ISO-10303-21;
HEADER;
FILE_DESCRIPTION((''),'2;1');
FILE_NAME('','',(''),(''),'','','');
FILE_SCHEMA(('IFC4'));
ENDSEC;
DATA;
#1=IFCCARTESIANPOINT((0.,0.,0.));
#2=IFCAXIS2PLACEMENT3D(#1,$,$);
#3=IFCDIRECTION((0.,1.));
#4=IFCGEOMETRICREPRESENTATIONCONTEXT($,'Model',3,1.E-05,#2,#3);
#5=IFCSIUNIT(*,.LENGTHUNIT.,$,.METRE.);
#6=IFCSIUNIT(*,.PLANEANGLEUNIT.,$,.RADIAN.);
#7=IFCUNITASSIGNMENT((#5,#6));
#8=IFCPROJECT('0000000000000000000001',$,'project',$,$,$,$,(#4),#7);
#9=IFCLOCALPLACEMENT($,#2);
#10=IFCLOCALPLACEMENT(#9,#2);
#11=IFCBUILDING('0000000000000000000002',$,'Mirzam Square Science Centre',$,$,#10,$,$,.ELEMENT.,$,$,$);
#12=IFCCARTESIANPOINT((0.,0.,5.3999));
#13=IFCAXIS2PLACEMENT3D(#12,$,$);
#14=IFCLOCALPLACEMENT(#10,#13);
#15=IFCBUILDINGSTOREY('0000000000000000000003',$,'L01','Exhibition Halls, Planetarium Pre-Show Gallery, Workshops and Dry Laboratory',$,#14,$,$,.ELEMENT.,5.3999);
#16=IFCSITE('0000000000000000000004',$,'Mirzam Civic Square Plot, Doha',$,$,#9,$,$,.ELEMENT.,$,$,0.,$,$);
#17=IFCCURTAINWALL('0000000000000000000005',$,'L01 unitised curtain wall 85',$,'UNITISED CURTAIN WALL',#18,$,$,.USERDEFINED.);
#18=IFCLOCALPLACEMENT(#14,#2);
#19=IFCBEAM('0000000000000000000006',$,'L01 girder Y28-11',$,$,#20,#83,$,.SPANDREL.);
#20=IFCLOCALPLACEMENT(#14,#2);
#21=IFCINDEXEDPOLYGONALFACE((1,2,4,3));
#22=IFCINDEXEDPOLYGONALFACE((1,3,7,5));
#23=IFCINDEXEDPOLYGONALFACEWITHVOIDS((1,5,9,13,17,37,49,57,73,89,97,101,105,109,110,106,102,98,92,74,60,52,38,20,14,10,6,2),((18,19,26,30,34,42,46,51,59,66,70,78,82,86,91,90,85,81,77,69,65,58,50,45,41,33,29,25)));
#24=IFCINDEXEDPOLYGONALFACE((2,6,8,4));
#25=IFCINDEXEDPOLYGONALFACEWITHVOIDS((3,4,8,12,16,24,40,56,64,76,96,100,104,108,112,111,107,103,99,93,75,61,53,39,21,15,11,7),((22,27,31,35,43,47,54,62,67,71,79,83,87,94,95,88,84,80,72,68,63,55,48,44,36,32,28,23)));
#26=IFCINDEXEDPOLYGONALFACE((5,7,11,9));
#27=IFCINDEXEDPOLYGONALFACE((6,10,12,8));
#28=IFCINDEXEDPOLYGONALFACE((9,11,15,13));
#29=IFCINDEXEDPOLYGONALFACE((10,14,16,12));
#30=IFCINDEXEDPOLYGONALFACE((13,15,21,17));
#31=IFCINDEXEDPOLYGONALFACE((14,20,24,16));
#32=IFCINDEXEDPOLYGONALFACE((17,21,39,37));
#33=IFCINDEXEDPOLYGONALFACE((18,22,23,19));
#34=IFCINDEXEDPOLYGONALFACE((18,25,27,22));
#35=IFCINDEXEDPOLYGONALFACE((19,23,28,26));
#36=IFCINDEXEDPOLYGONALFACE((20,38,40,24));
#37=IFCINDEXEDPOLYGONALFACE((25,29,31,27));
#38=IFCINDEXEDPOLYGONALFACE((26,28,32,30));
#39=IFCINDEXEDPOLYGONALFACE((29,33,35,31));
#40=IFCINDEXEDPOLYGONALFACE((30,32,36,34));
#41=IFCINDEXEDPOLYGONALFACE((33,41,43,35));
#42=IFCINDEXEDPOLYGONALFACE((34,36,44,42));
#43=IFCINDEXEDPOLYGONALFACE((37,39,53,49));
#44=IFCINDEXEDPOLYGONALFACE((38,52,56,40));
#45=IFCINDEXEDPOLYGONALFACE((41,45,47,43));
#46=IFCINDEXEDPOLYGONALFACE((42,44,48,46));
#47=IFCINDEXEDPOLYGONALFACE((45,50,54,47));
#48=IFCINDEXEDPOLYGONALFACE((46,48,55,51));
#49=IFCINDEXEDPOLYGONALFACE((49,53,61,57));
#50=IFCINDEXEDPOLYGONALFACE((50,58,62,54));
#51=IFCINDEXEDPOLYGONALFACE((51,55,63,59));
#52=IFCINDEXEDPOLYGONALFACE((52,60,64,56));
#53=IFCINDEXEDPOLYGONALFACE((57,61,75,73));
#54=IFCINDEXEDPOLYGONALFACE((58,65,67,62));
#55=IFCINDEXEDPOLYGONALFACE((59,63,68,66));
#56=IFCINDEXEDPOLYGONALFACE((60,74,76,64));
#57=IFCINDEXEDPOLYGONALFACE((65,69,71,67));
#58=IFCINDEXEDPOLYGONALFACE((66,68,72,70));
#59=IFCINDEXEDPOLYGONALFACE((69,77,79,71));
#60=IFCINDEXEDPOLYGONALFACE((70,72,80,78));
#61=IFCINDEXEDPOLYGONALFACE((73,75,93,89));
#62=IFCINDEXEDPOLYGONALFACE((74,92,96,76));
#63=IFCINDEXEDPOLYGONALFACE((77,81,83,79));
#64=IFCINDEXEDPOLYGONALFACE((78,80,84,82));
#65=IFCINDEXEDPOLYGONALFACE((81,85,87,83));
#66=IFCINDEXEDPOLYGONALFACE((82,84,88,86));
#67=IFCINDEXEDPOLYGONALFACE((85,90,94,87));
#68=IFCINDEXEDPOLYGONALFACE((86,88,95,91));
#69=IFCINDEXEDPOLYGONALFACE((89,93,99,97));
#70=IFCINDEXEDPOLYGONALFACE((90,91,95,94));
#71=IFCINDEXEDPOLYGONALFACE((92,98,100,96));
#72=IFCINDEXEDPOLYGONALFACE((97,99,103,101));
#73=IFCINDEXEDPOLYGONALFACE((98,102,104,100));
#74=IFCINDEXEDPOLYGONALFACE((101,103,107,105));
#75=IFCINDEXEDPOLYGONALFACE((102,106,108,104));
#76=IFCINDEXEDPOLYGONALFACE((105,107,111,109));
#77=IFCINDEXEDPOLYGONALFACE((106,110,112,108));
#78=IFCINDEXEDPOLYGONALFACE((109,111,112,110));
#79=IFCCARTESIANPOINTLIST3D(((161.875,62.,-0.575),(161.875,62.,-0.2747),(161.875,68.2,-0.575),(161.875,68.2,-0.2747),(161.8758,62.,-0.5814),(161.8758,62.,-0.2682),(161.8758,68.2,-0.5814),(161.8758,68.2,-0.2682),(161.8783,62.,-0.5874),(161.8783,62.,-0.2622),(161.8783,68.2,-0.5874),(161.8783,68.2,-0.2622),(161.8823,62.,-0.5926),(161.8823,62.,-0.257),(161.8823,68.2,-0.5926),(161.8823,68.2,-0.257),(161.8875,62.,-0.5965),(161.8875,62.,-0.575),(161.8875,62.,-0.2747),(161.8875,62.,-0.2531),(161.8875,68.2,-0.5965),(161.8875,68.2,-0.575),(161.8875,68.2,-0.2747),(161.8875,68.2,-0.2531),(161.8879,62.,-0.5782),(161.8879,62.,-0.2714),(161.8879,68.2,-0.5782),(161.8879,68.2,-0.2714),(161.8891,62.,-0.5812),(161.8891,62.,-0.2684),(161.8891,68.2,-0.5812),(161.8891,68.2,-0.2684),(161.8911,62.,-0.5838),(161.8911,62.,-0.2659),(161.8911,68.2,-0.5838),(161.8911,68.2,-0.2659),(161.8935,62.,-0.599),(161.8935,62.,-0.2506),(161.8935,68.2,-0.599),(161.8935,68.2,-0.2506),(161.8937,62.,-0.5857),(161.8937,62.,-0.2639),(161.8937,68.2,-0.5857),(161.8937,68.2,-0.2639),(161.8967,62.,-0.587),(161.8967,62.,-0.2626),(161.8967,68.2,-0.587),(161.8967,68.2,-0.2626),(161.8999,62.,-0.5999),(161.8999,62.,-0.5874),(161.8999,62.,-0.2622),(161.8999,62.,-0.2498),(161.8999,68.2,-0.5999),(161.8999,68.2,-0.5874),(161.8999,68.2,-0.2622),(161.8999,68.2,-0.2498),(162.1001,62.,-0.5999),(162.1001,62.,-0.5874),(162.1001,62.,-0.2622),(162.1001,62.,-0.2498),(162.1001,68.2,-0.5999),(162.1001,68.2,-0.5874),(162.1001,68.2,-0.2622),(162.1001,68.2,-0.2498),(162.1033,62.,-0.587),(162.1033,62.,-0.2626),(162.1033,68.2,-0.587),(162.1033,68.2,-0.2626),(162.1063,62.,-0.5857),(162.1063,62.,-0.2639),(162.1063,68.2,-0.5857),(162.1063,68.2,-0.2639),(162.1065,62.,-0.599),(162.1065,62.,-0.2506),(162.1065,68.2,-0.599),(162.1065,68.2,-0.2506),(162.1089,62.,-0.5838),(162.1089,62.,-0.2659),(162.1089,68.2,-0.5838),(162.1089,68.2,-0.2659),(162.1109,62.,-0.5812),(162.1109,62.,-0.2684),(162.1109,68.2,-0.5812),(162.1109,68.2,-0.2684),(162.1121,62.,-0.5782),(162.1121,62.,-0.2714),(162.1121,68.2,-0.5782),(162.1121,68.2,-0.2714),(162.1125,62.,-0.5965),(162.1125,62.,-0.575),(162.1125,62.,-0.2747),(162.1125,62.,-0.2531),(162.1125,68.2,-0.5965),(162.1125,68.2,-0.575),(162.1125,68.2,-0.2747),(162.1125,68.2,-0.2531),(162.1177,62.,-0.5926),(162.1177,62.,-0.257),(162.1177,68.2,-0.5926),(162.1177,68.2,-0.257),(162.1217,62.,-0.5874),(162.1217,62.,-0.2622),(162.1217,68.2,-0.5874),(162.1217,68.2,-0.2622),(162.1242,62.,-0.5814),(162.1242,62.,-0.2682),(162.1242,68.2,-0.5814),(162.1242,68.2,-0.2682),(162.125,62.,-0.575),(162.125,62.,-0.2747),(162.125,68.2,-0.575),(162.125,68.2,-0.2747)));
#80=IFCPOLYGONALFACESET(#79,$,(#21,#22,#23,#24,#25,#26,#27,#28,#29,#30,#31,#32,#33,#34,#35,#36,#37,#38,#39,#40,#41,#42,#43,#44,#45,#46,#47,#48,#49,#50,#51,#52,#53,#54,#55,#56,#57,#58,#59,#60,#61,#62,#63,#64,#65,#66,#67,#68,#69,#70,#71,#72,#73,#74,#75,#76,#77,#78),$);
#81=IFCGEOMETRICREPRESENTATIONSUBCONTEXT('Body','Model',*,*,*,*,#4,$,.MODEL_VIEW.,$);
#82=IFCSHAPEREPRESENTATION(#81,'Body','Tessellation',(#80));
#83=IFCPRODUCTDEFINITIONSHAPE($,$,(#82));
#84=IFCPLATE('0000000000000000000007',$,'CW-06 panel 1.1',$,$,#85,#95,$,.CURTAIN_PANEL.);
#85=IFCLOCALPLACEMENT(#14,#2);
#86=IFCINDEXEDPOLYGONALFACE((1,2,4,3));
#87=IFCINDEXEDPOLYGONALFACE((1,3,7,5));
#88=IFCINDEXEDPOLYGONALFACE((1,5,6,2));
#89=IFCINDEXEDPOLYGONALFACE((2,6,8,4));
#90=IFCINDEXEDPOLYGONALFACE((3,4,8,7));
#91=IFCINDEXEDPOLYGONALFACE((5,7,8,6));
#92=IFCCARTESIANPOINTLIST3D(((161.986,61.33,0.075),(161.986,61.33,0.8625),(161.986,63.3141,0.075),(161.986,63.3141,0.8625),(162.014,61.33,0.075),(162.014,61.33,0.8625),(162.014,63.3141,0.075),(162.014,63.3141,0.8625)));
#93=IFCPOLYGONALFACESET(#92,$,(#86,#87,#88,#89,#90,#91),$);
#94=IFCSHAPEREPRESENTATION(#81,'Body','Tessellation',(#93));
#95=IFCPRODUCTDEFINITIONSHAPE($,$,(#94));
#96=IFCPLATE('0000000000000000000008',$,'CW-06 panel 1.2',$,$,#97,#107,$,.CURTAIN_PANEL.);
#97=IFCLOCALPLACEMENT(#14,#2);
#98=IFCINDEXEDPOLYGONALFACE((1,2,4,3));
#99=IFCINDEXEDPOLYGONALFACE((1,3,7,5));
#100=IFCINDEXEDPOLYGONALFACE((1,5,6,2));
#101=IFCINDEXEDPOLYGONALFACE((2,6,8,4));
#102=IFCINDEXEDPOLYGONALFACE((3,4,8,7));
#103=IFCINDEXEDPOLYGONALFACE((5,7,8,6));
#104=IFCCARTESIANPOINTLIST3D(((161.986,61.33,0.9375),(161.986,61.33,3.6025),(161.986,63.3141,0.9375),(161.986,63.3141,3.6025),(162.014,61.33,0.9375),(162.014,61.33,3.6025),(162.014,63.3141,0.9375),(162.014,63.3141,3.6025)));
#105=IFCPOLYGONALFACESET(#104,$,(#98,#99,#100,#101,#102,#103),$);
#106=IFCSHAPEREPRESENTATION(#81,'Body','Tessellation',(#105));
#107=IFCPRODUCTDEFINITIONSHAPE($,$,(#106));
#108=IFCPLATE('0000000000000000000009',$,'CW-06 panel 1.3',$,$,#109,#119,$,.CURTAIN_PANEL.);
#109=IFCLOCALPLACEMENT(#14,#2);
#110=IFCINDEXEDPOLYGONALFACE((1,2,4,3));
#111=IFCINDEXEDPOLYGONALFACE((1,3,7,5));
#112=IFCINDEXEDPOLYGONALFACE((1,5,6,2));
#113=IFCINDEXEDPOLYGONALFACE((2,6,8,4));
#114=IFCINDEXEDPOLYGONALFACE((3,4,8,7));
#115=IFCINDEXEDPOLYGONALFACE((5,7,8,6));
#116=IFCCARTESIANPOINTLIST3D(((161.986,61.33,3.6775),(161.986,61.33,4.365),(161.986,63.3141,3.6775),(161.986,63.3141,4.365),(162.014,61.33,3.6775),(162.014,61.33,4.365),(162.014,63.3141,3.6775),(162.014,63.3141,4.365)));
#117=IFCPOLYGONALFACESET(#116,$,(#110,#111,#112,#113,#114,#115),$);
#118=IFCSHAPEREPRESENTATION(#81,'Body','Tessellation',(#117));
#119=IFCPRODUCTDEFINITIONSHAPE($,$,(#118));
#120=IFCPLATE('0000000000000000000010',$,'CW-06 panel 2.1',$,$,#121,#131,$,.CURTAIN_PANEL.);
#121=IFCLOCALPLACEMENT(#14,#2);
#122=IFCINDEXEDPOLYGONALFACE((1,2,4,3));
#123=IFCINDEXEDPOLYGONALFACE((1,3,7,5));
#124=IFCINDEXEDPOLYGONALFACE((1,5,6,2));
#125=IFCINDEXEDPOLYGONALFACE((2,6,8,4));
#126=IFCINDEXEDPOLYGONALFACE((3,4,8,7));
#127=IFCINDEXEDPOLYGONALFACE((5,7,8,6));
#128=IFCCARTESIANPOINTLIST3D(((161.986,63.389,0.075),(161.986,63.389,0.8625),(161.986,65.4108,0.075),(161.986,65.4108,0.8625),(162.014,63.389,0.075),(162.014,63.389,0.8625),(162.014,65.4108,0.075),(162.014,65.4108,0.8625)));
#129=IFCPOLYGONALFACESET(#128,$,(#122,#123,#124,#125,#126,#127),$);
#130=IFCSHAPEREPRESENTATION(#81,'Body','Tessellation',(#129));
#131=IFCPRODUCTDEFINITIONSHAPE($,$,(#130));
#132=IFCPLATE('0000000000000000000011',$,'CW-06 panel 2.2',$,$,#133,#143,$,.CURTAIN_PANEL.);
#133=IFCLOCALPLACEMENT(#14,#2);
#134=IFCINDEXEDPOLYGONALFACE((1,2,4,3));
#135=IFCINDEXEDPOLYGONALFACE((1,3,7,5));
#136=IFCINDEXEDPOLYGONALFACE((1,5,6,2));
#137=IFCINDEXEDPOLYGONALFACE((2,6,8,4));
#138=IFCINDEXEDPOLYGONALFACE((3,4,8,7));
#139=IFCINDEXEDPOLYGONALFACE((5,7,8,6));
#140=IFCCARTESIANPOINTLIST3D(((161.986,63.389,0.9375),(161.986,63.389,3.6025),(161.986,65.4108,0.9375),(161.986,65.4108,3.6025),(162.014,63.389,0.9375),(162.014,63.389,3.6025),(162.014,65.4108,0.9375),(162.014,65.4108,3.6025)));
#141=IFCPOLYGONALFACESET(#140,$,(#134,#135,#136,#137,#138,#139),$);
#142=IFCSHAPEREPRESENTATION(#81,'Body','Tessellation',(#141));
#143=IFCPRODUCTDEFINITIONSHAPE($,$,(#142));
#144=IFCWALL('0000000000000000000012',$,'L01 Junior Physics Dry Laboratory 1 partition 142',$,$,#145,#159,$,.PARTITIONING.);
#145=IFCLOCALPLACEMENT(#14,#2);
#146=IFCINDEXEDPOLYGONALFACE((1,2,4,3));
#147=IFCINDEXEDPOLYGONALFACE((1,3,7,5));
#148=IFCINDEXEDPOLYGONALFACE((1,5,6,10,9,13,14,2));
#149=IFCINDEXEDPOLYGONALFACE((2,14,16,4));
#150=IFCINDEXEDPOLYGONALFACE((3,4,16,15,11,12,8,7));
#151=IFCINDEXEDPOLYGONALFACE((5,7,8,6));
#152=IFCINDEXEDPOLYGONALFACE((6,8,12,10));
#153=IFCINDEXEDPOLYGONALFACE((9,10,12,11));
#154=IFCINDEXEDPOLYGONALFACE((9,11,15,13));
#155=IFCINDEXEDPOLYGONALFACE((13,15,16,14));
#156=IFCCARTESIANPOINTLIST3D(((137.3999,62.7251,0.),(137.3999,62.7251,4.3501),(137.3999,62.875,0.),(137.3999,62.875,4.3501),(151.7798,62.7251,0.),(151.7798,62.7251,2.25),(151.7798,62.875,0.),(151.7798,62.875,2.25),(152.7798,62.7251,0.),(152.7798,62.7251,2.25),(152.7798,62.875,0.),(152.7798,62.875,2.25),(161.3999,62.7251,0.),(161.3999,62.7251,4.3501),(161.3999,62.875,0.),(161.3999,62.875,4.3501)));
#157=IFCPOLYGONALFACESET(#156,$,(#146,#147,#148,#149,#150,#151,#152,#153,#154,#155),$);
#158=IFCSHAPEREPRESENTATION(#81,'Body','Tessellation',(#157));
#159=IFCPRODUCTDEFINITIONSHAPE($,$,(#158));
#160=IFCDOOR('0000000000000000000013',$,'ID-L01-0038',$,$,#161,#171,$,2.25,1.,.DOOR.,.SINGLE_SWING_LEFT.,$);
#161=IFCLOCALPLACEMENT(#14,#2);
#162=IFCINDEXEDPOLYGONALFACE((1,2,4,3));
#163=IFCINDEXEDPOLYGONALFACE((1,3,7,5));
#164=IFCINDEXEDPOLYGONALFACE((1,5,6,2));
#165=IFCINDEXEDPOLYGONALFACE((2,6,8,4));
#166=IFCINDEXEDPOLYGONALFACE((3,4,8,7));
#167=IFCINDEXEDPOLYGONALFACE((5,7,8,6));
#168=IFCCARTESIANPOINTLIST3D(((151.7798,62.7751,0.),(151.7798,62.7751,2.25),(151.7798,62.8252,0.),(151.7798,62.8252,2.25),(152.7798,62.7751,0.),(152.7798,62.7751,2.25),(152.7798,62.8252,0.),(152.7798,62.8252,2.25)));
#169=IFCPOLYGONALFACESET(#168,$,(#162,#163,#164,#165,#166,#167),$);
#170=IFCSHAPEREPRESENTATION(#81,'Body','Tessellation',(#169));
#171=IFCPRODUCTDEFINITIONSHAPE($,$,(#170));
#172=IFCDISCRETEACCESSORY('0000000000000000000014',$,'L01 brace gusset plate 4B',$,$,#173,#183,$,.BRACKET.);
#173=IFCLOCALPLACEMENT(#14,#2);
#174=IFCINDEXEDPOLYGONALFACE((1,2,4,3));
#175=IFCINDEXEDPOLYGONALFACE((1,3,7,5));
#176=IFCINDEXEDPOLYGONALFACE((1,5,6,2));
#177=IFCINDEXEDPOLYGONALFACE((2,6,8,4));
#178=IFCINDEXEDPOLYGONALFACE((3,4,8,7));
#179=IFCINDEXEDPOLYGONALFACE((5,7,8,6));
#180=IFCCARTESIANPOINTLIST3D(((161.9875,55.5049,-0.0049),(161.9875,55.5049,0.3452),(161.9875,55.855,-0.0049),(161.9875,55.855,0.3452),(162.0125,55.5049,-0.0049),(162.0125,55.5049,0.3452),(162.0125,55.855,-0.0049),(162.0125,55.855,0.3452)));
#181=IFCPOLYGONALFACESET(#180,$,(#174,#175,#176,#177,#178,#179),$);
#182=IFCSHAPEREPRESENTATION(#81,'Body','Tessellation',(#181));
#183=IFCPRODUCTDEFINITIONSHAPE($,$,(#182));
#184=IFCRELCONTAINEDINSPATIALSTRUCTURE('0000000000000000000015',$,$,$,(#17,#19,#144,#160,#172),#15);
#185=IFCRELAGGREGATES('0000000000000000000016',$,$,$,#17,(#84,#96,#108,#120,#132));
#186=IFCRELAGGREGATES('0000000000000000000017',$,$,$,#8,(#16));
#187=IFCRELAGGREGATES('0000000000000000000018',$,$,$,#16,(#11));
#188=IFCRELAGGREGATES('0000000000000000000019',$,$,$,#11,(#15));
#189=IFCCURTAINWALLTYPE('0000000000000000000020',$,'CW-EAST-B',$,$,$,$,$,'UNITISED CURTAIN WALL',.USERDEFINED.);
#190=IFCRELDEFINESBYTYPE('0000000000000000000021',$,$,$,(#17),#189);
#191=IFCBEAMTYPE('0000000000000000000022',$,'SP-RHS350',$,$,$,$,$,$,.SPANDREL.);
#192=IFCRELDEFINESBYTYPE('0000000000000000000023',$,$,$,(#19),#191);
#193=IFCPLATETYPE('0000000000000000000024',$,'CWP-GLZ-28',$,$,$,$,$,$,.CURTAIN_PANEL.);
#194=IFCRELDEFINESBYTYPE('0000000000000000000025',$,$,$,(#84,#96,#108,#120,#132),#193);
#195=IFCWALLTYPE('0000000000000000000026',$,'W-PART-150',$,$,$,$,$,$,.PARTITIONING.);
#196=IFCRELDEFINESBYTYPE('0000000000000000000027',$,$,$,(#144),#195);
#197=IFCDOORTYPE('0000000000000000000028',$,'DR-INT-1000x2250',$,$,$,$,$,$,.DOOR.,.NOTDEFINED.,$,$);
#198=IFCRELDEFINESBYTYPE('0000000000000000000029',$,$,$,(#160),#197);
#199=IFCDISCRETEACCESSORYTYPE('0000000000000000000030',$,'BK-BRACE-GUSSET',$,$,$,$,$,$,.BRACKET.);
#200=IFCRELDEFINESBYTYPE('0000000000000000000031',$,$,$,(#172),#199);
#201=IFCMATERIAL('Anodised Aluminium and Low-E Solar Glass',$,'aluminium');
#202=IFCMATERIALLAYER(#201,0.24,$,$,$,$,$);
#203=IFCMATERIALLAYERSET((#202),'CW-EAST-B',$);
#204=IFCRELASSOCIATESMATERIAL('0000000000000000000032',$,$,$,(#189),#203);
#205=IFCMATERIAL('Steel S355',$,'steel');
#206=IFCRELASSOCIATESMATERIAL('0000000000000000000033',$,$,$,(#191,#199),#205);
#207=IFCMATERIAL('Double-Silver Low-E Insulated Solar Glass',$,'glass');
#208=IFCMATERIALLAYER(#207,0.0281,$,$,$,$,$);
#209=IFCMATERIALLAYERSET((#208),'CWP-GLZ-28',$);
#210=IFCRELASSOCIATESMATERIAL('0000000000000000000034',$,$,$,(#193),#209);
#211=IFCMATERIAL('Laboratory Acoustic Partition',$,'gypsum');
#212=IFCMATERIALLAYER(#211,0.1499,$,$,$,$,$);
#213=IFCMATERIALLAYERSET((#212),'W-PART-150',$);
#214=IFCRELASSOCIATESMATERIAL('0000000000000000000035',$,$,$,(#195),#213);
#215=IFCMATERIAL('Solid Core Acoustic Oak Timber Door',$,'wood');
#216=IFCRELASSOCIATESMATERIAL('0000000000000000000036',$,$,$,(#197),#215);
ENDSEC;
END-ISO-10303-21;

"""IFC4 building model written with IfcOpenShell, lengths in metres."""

from ifc_helpers import new_model, si_unit, direction, frame, frame_2d, origin, origin_2d, place, context, subcontext, project, spatial, rectangle, hollow_rectangle, extrude, material, layer, layer_set, material_profile, profile_set, type_object, element, fill, aggregate, save


model = new_model("IFC4")

# Units and contexts
model_context = context("Model", 3, precision=1e-05, world=origin(), true_north=direction((0.0, 1.0)))
body_context = subcontext(model_context, "Body", "Model", "MODEL_VIEW")
ifc_project = project(units=[si_unit("LENGTHUNIT", "METRE"), si_unit("PLANEANGLEUNIT", "RADIAN")], contexts=[model_context])

# Site, building, storey
site_placement = place(None, origin())
site = spatial("IfcSite", under=ifc_project, at=site_placement, Name="Mirzam Civic Square Plot, Doha", CompositionType="ELEMENT", RefElevation=0.0)
building_placement = place(site_placement, origin())
building = spatial("IfcBuilding", under=site, at=building_placement, Name="Mirzam Square Science Centre", CompositionType="ELEMENT")
storey_placement = place(building_placement, frame((0.0, 0.0, 5.3999)))
storey = spatial("IfcBuildingStorey", under=building, at=storey_placement, Name="L01", Description="Exhibition Halls, Planetarium Pre-Show Gallery, Workshops and Dry Laboratory", CompositionType="ELEMENT", Elevation=5.3999)

# Shared definitions
ifc_material_1 = material(Name="Steel S355", Category="steel")

# Curtain wall
ifc_material_2 = material(Name="Anodised Aluminium and Low-E Solar Glass", Category="aluminium")
ifc_layer_1 = layer(ifc_material_2, 0.24)
ifc_layer_set_1 = layer_set([ifc_layer_1], Name="CW-EAST-B")
curtain_wall_type = type_object("IfcCurtainWallType", Name="CW-EAST-B", ElementType="UNITISED CURTAIN WALL", PredefinedType="USERDEFINED", material=ifc_layer_set_1)
curtain_wall_placement = place(storey_placement, origin())
curtain_wall = element("IfcCurtainWall", 1, at=curtain_wall_placement, inside=storey, type_object=curtain_wall_type, Name="L01 unitised curtain wall 85", ObjectType="UNITISED CURTAIN WALL", PredefinedType="USERDEFINED")

# Beam
ifc_material_profile_1 = material_profile(ifc_material_1, hollow_rectangle(XDim=0.25, YDim=0.3501, WallThickness=0.0125, InnerFilletRadius=0.0125, OuterFilletRadius=0.0249, at=origin_2d()), Name="350x250x12.5RHS")
ifc_profile_set_1 = profile_set([ifc_material_profile_1], Name="Steel S355")
beam_type = type_object("IfcBeamType", Name="SP-RHS350", PredefinedType="SPANDREL", material=ifc_profile_set_1)
for number, where, z_axis, x_axis, name in (
    (2, (162.0, 62.0, -0.4248), (0.0, 1.0, 0.0), (-1.0, 0.0, 0.0), "L01 girder Y28-11"),
):
    element("IfcBeam", number, at=place(storey_placement, frame(where, z_axis=z_axis, x_axis=x_axis)), inside=storey, type_object=beam_type, Name=name, PredefinedType="SPANDREL", context=body_context, shape_type="SweptSolid", body=[
        extrude(hollow_rectangle(XDim=0.25, YDim=0.3501, WallThickness=0.0125, InnerFilletRadius=0.0125, OuterFilletRadius=0.0249, at=origin_2d()), origin(), (0.0, 0.0, 1.0), 6.2),
    ])

# Plates
ifc_material_3 = material(Name="Double-Silver Low-E Insulated Solar Glass", Category="glass")
ifc_layer_2 = layer(ifc_material_3, 0.0281)
ifc_layer_set_2 = layer_set([ifc_layer_2], Name="CWP-GLZ-28")
plate_type = type_object("IfcPlateType", Name="CWP-GLZ-28", PredefinedType="CURTAIN_PANEL", material=ifc_layer_set_2)
plate_1_placement = place(storey_placement, frame((162.0, 62.322, 0.075), z_axis=(0.0, 0.0, 1.0), x_axis=(0.0, 1.0, 0.0)))
plate_1 = element("IfcPlate", 3, at=plate_1_placement, type_object=plate_type, Name="CW-06 panel 1.1", PredefinedType="CURTAIN_PANEL", context=body_context, shape_type="SweptSolid", body=[
    extrude(rectangle(XDim=1.9841, YDim=0.0281, at=origin_2d()), origin(), (0.0, 0.0, 1.0), 0.7876),
])
plate_2_placement = place(storey_placement, frame((162.0, 62.322, 0.9375), z_axis=(0.0, 0.0, 1.0), x_axis=(0.0, 1.0, 0.0)))
plate_2 = element("IfcPlate", 4, at=plate_2_placement, type_object=plate_type, Name="CW-06 panel 1.2", PredefinedType="CURTAIN_PANEL", context=body_context, shape_type="SweptSolid", body=[
    extrude(rectangle(XDim=1.9841, YDim=0.0281, at=origin_2d()), origin(), (0.0, 0.0, 1.0), 2.665),
])
plate_3_placement = place(storey_placement, frame((162.0, 62.322, 3.6775), z_axis=(0.0, 0.0, 1.0), x_axis=(0.0, 1.0, 0.0)))
plate_3 = element("IfcPlate", 5, at=plate_3_placement, type_object=plate_type, Name="CW-06 panel 1.3", PredefinedType="CURTAIN_PANEL", context=body_context, shape_type="SweptSolid", body=[
    extrude(rectangle(XDim=1.9841, YDim=0.0281, at=origin_2d()), origin(), (0.0, 0.0, 1.0), 0.6875),
])
plate_4_placement = place(storey_placement, frame((162.0, 64.3999, 0.075), z_axis=(0.0, 0.0, 1.0), x_axis=(0.0, 1.0, 0.0)))
plate_4 = element("IfcPlate", 6, at=plate_4_placement, type_object=plate_type, Name="CW-06 panel 2.1", PredefinedType="CURTAIN_PANEL", context=body_context, shape_type="SweptSolid", body=[
    extrude(rectangle(XDim=2.0217, YDim=0.0281, at=origin_2d()), origin(), (0.0, 0.0, 1.0), 0.7876),
])
plate_5_placement = place(storey_placement, frame((162.0, 64.3999, 0.9375), z_axis=(0.0, 0.0, 1.0), x_axis=(0.0, 1.0, 0.0)))
plate_5 = element("IfcPlate", 7, at=plate_5_placement, type_object=plate_type, Name="CW-06 panel 2.2", PredefinedType="CURTAIN_PANEL", context=body_context, shape_type="SweptSolid", body=[
    extrude(rectangle(XDim=2.0217, YDim=0.0281, at=origin_2d()), origin(), (0.0, 0.0, 1.0), 2.665),
])
aggregate(curtain_wall, [plate_1, plate_2, plate_3, plate_4, plate_5])

# Wall, opening, door
ifc_material_4 = material(Name="Laboratory Acoustic Partition", Category="gypsum")
ifc_layer_3 = layer(ifc_material_4, 0.1499)
ifc_layer_set_3 = layer_set([ifc_layer_3], Name="W-PART-150")
wall_type = type_object("IfcWallType", Name="W-PART-150", PredefinedType="PARTITIONING", material=ifc_layer_set_3)
wall_placement = place(storey_placement, frame((161.3999, 62.8, 0.0), z_axis=(0.0, 0.0, 1.0), x_axis=(-1.0, 0.0, 0.0)))
wall = element("IfcWall", 8, at=wall_placement, inside=storey, type_object=wall_type, Name="L01 Junior Physics Dry Laboratory 1 partition 142", PredefinedType="PARTITIONING", context=body_context, shape_type="SweptSolid", body=[
    extrude(rectangle(XDim=24.0, YDim=0.1499, at=frame_2d((12.0, 0.0))), origin(), (0.0, 0.0, 1.0), 4.3501),
])
opening_placement = place(wall_placement, frame((8.6201, 0.0, 0.0)))
opening = element("IfcOpeningElement", 9, at=opening_placement, cuts=wall, PredefinedType="OPENING", context=body_context, shape_type="SweptSolid", body=[
    extrude(rectangle(XDim=1.0, YDim=2.25, at=frame_2d((0.5, 1.125))), frame((0.0, 0.085, 0.0), z_axis=(0.0, -1.0, 0.0), x_axis=(1.0, 0.0, 0.0)), (0.0, 0.0, 1.0), 0.1699),
])
ifc_material_5 = material(Name="Solid Core Acoustic Oak Timber Door", Category="wood")
door_type = type_object("IfcDoorType", Name="DR-INT-1000x2250", OperationType="NOTDEFINED", PredefinedType="DOOR", material=ifc_material_5)
door_placement = place(opening_placement, origin())
door = element("IfcDoor", 10, at=door_placement, inside=storey, type_object=door_type, Name="ID-L01-0038", OperationType="SINGLE_SWING_LEFT", OverallHeight=2.25, OverallWidth=1.0, PredefinedType="DOOR", context=body_context, shape_type="SweptSolid", body=[
    extrude(rectangle(XDim=1.0, YDim=2.25, at=frame_2d((0.5, 1.125))), frame((0.0, 0.0249, 0.0), z_axis=(0.0, -1.0, 0.0), x_axis=(1.0, 0.0, 0.0)), (0.0, 0.0, 1.0), 0.05),
])
fill(opening, door)

# Discrete accessory
discrete_accessory_type_1 = type_object("IfcDiscreteAccessoryType", Name="BK-BRACE-GUSSET", PredefinedType="BRACKET", material=ifc_material_1)
discrete_accessory_1_placement = place(storey_placement, frame((162.0, 55.6799, -0.0049), z_axis=(0.0, 0.0, 1.0), x_axis=(0.0, 1.0, 0.0)))
element("IfcDiscreteAccessory", 11, at=discrete_accessory_1_placement, inside=storey, type_object=discrete_accessory_type_1, Name="L01 brace gusset plate 4B", PredefinedType="BRACKET", context=body_context, shape_type="SweptSolid", body=[
    extrude(rectangle(XDim=0.3501, YDim=0.0249, at=origin_2d()), origin(), (0.0, 0.0, 1.0), 0.3501),
])

save(model, "model.ifc")
